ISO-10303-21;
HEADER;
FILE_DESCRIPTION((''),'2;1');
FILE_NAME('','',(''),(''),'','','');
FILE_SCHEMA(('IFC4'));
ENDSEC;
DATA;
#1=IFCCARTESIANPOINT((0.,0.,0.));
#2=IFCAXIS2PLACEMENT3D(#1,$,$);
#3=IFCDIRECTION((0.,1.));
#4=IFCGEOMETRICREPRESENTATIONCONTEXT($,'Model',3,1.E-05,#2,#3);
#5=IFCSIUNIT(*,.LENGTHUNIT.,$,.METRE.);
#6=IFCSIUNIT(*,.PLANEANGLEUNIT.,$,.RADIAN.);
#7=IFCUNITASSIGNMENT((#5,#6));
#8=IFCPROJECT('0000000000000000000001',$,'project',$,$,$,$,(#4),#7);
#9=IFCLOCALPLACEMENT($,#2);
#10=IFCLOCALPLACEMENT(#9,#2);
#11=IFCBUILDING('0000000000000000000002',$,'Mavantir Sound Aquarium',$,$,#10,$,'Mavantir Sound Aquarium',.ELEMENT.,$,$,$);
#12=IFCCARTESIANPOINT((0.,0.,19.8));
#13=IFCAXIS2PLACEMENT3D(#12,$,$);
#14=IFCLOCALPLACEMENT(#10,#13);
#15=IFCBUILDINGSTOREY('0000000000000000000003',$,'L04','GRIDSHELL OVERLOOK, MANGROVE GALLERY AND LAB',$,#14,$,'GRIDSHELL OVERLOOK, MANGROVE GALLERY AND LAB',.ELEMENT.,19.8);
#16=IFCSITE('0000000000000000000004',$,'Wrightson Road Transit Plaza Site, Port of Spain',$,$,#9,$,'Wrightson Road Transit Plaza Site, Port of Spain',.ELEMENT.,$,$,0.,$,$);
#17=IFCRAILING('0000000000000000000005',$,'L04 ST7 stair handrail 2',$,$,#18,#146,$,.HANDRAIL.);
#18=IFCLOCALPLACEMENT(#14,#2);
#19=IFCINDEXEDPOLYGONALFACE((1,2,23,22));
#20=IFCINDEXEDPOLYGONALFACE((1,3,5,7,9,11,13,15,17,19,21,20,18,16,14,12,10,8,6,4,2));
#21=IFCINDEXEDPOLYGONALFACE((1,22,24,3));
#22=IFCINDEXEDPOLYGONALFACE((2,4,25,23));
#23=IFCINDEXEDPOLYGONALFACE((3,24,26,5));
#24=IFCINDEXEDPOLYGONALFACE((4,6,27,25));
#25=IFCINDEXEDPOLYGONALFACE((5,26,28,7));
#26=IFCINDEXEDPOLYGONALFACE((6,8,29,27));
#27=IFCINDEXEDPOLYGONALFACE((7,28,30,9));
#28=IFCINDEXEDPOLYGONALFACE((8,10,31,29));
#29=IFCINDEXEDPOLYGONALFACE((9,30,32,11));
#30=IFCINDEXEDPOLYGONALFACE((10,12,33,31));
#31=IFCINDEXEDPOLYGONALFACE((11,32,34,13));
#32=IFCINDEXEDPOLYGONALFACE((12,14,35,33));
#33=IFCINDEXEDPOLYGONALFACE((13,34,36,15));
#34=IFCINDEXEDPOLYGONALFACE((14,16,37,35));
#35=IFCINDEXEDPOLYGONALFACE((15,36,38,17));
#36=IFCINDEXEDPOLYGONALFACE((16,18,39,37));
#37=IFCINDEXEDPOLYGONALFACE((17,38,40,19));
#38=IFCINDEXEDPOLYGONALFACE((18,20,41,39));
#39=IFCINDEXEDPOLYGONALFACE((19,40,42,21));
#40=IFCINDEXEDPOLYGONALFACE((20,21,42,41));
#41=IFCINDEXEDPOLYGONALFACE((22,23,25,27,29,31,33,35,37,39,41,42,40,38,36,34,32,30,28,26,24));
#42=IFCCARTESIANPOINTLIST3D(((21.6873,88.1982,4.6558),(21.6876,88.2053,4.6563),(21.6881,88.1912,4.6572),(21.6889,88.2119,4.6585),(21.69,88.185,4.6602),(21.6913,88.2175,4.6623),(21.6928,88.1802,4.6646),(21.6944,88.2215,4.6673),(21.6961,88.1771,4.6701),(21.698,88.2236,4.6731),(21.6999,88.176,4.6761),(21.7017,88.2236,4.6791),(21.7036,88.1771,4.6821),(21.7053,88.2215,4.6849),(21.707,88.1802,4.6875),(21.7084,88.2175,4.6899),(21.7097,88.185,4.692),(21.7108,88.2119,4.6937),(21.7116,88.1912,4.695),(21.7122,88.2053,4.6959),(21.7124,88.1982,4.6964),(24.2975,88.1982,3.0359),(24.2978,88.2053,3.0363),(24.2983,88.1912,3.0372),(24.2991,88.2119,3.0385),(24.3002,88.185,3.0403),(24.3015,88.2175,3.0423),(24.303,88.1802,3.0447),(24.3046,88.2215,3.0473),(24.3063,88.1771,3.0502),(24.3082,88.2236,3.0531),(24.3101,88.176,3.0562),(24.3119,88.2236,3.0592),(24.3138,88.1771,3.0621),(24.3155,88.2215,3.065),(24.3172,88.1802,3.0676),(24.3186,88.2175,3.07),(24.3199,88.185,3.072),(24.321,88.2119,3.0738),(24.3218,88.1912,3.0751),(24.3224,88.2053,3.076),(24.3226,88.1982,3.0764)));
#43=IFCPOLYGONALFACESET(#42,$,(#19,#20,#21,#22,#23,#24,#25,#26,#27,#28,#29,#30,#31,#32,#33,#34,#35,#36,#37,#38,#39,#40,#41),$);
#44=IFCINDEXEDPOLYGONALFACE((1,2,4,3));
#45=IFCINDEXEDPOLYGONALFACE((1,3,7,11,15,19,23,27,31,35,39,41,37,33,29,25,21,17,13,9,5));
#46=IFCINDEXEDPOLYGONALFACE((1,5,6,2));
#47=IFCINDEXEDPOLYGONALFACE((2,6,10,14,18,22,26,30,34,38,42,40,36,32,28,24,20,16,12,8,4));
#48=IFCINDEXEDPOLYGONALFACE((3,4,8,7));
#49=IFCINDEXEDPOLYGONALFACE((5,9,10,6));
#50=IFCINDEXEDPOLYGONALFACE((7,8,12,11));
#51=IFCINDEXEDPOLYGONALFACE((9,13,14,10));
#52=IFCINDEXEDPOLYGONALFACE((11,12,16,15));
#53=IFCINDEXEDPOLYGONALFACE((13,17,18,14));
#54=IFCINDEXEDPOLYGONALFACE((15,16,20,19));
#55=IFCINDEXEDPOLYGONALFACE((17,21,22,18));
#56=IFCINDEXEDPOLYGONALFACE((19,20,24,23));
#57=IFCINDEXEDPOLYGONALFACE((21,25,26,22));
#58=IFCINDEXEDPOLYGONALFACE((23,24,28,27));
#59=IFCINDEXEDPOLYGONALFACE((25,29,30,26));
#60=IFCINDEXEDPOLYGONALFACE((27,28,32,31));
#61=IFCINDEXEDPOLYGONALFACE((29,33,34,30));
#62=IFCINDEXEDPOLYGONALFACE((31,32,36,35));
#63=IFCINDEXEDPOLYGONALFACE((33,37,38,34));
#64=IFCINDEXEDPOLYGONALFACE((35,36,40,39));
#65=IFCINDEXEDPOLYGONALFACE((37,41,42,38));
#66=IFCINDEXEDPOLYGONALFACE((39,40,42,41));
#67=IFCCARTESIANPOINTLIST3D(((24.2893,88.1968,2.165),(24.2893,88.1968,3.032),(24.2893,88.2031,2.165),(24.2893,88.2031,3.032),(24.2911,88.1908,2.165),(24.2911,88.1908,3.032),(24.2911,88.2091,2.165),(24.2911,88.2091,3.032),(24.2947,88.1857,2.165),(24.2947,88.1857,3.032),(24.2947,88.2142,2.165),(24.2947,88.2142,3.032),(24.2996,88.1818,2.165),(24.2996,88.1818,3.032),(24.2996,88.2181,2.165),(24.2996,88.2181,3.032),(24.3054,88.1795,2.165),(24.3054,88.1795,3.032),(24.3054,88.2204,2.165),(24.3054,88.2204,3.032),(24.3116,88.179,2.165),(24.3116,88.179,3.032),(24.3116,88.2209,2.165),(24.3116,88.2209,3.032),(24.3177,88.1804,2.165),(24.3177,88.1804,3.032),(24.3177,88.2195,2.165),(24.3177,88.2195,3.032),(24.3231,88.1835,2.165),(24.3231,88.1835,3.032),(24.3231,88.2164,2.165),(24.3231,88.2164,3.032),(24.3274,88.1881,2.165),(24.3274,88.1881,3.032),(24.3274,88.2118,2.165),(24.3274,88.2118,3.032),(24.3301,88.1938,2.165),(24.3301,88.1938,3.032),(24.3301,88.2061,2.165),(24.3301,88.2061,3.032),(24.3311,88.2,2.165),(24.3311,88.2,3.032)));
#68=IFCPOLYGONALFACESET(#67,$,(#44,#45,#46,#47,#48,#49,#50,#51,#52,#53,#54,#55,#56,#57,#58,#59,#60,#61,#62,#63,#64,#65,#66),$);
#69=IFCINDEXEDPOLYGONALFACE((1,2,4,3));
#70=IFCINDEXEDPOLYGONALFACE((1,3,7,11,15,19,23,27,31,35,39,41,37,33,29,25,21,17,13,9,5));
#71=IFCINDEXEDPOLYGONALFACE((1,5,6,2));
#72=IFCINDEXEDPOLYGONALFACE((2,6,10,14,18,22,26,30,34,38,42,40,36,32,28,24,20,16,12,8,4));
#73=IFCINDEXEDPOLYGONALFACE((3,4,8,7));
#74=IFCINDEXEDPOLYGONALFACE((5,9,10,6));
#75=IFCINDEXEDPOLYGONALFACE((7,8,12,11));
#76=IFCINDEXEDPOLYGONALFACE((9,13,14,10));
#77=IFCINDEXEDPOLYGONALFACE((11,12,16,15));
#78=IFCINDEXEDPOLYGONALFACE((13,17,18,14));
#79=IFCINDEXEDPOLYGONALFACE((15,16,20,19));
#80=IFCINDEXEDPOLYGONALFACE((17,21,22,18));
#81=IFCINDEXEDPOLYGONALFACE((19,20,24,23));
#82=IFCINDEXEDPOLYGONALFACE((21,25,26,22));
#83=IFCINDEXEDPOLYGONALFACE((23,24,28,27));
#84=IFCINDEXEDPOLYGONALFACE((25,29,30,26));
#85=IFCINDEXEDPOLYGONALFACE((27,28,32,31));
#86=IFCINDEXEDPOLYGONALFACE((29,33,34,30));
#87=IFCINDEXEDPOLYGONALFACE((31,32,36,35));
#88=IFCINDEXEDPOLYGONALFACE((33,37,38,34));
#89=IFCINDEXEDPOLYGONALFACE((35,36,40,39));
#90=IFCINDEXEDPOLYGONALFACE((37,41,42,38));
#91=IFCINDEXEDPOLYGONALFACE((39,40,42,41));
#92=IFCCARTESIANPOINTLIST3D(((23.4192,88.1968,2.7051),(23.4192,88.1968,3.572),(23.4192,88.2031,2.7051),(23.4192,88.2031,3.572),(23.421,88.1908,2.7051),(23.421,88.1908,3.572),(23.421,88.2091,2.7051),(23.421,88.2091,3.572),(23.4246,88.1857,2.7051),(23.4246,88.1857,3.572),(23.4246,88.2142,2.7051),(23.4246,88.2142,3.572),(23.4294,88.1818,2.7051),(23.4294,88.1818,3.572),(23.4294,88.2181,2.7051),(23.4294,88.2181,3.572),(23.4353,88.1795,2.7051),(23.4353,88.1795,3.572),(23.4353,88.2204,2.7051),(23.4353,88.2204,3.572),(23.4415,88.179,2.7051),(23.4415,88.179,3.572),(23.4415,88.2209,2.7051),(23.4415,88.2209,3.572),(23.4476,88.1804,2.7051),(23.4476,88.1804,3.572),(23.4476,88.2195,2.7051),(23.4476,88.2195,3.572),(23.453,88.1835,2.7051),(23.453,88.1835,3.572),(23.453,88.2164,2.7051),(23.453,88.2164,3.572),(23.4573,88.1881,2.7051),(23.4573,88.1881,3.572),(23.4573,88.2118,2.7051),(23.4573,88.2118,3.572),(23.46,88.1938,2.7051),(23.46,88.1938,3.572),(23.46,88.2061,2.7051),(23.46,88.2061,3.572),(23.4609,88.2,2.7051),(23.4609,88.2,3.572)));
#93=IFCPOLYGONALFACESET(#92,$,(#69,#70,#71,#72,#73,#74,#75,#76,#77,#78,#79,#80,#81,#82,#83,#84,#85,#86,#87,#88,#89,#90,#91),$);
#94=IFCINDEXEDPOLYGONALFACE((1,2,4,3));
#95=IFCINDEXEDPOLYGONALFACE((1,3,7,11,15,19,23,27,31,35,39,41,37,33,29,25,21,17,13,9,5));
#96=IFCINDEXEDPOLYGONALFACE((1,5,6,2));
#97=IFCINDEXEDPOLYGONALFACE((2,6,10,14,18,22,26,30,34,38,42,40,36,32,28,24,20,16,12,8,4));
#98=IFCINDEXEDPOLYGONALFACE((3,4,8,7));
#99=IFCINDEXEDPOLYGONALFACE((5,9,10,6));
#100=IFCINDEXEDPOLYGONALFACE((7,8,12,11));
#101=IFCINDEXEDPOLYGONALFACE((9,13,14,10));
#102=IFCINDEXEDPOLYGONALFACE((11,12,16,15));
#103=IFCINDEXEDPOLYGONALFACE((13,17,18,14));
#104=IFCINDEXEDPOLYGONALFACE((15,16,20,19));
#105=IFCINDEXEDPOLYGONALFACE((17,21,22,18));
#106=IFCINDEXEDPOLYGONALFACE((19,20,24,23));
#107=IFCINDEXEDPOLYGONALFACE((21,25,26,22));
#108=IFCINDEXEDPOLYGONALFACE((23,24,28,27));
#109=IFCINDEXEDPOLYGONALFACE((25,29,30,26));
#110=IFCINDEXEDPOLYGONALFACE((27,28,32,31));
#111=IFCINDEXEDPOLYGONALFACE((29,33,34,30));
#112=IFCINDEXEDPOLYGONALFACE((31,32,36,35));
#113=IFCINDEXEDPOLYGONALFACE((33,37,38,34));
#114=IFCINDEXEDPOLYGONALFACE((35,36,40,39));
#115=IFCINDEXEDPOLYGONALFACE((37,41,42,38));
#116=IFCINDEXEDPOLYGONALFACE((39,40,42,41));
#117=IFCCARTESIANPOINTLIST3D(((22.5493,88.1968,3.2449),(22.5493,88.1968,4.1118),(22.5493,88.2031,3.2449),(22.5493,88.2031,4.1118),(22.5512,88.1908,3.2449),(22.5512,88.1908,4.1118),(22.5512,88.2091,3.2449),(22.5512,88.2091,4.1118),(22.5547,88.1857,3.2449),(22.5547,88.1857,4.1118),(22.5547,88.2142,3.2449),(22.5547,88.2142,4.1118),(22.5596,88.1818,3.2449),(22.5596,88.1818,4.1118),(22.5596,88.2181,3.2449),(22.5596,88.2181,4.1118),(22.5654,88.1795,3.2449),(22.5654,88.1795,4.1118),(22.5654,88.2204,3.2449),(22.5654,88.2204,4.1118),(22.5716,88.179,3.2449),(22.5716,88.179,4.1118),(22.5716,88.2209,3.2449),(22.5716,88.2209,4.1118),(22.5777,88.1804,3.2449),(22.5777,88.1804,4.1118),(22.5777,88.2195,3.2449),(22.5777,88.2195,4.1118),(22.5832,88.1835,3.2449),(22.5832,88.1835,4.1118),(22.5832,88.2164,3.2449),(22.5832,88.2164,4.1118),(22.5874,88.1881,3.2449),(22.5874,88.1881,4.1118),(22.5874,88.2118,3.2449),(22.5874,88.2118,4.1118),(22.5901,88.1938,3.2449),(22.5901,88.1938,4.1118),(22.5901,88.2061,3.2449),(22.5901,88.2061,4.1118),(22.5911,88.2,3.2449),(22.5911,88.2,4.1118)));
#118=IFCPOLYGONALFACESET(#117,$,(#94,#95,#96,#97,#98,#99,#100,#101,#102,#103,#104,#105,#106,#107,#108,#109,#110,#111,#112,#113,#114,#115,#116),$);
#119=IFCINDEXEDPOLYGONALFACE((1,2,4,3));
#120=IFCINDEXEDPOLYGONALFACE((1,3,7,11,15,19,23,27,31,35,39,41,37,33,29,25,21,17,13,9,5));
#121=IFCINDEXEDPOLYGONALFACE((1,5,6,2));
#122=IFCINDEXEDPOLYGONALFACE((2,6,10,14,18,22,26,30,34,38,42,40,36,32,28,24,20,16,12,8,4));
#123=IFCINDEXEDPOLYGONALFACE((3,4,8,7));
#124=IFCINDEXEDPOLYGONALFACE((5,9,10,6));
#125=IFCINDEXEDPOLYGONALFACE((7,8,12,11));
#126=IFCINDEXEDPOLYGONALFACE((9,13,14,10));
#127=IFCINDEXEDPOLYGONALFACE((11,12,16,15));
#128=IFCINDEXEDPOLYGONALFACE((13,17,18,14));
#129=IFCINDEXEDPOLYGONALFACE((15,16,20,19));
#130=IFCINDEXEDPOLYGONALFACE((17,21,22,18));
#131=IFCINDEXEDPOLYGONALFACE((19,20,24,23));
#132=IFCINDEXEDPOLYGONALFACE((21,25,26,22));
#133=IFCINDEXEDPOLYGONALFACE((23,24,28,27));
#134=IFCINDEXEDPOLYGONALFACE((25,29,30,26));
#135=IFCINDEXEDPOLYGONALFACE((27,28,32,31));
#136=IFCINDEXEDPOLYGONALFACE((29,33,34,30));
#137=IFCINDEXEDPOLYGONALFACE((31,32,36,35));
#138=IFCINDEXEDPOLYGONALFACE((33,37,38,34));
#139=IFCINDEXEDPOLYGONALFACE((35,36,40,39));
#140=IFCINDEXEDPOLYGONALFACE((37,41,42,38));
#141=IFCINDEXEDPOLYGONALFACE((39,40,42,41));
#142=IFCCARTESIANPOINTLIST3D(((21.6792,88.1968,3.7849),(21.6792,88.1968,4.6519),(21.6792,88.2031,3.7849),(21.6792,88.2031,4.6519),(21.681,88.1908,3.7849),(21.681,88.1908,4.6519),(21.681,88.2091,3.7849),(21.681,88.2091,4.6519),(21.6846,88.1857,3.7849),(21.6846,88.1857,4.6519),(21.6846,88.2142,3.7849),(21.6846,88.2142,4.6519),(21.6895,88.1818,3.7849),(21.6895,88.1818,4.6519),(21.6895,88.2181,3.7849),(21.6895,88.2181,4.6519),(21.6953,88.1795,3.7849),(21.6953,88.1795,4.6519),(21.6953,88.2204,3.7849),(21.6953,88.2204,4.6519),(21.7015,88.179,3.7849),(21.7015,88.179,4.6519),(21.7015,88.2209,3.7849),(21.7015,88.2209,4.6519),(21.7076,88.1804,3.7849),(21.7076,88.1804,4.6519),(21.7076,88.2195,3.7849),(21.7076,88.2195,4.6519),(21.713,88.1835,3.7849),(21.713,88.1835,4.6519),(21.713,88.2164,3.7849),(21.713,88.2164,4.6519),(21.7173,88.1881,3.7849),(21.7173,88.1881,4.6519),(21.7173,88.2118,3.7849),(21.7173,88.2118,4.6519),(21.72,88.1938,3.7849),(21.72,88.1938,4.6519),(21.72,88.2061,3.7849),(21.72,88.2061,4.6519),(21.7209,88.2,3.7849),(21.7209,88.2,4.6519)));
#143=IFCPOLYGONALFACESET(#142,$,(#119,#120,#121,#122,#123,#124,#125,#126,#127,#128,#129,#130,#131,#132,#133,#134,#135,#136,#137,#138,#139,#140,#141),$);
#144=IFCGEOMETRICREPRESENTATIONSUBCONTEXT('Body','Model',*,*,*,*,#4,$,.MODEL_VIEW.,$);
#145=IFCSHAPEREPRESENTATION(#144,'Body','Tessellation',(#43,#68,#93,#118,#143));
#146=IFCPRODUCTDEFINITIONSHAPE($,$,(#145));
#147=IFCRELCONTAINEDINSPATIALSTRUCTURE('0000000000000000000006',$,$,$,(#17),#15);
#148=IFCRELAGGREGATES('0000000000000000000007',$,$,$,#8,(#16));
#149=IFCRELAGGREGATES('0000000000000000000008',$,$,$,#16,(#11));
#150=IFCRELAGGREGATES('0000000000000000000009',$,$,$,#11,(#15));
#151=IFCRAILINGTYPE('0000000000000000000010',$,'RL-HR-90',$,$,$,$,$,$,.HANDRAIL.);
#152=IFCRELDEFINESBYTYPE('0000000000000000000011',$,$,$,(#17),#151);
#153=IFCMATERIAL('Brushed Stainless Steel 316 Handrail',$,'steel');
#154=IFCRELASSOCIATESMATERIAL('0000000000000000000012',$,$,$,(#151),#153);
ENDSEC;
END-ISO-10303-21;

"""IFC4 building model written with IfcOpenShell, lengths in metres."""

from ifc_helpers import new_model, si_unit, direction, frame, origin, origin_2d, place, context, subcontext, project, spatial, circle, extrude, material, type_object, element, save


model = new_model("IFC4")

# Units and contexts
model_context = context("Model", 3, precision=1e-05, world=origin(), true_north=direction((0.0, 1.0)))
body_context = subcontext(model_context, "Body", "Model", "MODEL_VIEW")
ifc_project = project(units=[si_unit("LENGTHUNIT", "METRE"), si_unit("PLANEANGLEUNIT", "RADIAN")], contexts=[model_context])

# Site, building, storey
site_placement = place(None, origin())
site = spatial("IfcSite", under=ifc_project, at=site_placement, Name="Wrightson Road Transit Plaza Site, Port of Spain", LongName="Wrightson Road Transit Plaza Site, Port of Spain", CompositionType="ELEMENT", RefElevation=0.0)
building_placement = place(site_placement, origin())
building = spatial("IfcBuilding", under=site, at=building_placement, Name="Mavantir Sound Aquarium", LongName="Mavantir Sound Aquarium", CompositionType="ELEMENT")
storey_placement = place(building_placement, frame((0.0, 0.0, 19.8)))
storey = spatial("IfcBuildingStorey", under=building, at=storey_placement, Name="L04", Description="GRIDSHELL OVERLOOK, MANGROVE GALLERY AND LAB", LongName="GRIDSHELL OVERLOOK, MANGROVE GALLERY AND LAB", CompositionType="ELEMENT", Elevation=19.8)

# Railing
ifc_material_1 = material(Name="Brushed Stainless Steel 316 Handrail", Category="steel")
railing_type_1 = type_object("IfcRailingType", Name="RL-HR-90", PredefinedType="HANDRAIL", material=ifc_material_1)
railing_1_placement = place(storey_placement, frame((24.3101, 88.2, 2.165)))
element("IfcRailing", 1, at=railing_1_placement, inside=storey, type_object=railing_type_1, Name="L04 ST7 stair handrail 2", PredefinedType="HANDRAIL", context=body_context, shape_type="SweptSolid", body=[
    extrude(circle(Radius=0.0239, at=origin_2d()), frame((0.0, 0.0, 0.8911), z_axis=(-0.849668, 0.0, 0.527317), x_axis=(0.0, -1.0, 0.0)), (0.0, 0.0, 1.0), 3.072),
    extrude(circle(Radius=0.021, at=origin_2d()), origin(), (0.0, 0.0, 1.0), 0.8669),
    extrude(circle(Radius=0.021, at=origin_2d()), frame((-0.8701, 0.0, 0.54)), (0.0, 0.0, 1.0), 0.8669),
    extrude(circle(Radius=0.021, at=origin_2d()), frame((-1.74, 0.0, 1.0798)), (0.0, 0.0, 1.0), 0.8669),
    extrude(circle(Radius=0.021, at=origin_2d()), frame((-2.6101, 0.0, 1.6199)), (0.0, 0.0, 1.0), 0.8669),
])

save(model, "model.ifc")
